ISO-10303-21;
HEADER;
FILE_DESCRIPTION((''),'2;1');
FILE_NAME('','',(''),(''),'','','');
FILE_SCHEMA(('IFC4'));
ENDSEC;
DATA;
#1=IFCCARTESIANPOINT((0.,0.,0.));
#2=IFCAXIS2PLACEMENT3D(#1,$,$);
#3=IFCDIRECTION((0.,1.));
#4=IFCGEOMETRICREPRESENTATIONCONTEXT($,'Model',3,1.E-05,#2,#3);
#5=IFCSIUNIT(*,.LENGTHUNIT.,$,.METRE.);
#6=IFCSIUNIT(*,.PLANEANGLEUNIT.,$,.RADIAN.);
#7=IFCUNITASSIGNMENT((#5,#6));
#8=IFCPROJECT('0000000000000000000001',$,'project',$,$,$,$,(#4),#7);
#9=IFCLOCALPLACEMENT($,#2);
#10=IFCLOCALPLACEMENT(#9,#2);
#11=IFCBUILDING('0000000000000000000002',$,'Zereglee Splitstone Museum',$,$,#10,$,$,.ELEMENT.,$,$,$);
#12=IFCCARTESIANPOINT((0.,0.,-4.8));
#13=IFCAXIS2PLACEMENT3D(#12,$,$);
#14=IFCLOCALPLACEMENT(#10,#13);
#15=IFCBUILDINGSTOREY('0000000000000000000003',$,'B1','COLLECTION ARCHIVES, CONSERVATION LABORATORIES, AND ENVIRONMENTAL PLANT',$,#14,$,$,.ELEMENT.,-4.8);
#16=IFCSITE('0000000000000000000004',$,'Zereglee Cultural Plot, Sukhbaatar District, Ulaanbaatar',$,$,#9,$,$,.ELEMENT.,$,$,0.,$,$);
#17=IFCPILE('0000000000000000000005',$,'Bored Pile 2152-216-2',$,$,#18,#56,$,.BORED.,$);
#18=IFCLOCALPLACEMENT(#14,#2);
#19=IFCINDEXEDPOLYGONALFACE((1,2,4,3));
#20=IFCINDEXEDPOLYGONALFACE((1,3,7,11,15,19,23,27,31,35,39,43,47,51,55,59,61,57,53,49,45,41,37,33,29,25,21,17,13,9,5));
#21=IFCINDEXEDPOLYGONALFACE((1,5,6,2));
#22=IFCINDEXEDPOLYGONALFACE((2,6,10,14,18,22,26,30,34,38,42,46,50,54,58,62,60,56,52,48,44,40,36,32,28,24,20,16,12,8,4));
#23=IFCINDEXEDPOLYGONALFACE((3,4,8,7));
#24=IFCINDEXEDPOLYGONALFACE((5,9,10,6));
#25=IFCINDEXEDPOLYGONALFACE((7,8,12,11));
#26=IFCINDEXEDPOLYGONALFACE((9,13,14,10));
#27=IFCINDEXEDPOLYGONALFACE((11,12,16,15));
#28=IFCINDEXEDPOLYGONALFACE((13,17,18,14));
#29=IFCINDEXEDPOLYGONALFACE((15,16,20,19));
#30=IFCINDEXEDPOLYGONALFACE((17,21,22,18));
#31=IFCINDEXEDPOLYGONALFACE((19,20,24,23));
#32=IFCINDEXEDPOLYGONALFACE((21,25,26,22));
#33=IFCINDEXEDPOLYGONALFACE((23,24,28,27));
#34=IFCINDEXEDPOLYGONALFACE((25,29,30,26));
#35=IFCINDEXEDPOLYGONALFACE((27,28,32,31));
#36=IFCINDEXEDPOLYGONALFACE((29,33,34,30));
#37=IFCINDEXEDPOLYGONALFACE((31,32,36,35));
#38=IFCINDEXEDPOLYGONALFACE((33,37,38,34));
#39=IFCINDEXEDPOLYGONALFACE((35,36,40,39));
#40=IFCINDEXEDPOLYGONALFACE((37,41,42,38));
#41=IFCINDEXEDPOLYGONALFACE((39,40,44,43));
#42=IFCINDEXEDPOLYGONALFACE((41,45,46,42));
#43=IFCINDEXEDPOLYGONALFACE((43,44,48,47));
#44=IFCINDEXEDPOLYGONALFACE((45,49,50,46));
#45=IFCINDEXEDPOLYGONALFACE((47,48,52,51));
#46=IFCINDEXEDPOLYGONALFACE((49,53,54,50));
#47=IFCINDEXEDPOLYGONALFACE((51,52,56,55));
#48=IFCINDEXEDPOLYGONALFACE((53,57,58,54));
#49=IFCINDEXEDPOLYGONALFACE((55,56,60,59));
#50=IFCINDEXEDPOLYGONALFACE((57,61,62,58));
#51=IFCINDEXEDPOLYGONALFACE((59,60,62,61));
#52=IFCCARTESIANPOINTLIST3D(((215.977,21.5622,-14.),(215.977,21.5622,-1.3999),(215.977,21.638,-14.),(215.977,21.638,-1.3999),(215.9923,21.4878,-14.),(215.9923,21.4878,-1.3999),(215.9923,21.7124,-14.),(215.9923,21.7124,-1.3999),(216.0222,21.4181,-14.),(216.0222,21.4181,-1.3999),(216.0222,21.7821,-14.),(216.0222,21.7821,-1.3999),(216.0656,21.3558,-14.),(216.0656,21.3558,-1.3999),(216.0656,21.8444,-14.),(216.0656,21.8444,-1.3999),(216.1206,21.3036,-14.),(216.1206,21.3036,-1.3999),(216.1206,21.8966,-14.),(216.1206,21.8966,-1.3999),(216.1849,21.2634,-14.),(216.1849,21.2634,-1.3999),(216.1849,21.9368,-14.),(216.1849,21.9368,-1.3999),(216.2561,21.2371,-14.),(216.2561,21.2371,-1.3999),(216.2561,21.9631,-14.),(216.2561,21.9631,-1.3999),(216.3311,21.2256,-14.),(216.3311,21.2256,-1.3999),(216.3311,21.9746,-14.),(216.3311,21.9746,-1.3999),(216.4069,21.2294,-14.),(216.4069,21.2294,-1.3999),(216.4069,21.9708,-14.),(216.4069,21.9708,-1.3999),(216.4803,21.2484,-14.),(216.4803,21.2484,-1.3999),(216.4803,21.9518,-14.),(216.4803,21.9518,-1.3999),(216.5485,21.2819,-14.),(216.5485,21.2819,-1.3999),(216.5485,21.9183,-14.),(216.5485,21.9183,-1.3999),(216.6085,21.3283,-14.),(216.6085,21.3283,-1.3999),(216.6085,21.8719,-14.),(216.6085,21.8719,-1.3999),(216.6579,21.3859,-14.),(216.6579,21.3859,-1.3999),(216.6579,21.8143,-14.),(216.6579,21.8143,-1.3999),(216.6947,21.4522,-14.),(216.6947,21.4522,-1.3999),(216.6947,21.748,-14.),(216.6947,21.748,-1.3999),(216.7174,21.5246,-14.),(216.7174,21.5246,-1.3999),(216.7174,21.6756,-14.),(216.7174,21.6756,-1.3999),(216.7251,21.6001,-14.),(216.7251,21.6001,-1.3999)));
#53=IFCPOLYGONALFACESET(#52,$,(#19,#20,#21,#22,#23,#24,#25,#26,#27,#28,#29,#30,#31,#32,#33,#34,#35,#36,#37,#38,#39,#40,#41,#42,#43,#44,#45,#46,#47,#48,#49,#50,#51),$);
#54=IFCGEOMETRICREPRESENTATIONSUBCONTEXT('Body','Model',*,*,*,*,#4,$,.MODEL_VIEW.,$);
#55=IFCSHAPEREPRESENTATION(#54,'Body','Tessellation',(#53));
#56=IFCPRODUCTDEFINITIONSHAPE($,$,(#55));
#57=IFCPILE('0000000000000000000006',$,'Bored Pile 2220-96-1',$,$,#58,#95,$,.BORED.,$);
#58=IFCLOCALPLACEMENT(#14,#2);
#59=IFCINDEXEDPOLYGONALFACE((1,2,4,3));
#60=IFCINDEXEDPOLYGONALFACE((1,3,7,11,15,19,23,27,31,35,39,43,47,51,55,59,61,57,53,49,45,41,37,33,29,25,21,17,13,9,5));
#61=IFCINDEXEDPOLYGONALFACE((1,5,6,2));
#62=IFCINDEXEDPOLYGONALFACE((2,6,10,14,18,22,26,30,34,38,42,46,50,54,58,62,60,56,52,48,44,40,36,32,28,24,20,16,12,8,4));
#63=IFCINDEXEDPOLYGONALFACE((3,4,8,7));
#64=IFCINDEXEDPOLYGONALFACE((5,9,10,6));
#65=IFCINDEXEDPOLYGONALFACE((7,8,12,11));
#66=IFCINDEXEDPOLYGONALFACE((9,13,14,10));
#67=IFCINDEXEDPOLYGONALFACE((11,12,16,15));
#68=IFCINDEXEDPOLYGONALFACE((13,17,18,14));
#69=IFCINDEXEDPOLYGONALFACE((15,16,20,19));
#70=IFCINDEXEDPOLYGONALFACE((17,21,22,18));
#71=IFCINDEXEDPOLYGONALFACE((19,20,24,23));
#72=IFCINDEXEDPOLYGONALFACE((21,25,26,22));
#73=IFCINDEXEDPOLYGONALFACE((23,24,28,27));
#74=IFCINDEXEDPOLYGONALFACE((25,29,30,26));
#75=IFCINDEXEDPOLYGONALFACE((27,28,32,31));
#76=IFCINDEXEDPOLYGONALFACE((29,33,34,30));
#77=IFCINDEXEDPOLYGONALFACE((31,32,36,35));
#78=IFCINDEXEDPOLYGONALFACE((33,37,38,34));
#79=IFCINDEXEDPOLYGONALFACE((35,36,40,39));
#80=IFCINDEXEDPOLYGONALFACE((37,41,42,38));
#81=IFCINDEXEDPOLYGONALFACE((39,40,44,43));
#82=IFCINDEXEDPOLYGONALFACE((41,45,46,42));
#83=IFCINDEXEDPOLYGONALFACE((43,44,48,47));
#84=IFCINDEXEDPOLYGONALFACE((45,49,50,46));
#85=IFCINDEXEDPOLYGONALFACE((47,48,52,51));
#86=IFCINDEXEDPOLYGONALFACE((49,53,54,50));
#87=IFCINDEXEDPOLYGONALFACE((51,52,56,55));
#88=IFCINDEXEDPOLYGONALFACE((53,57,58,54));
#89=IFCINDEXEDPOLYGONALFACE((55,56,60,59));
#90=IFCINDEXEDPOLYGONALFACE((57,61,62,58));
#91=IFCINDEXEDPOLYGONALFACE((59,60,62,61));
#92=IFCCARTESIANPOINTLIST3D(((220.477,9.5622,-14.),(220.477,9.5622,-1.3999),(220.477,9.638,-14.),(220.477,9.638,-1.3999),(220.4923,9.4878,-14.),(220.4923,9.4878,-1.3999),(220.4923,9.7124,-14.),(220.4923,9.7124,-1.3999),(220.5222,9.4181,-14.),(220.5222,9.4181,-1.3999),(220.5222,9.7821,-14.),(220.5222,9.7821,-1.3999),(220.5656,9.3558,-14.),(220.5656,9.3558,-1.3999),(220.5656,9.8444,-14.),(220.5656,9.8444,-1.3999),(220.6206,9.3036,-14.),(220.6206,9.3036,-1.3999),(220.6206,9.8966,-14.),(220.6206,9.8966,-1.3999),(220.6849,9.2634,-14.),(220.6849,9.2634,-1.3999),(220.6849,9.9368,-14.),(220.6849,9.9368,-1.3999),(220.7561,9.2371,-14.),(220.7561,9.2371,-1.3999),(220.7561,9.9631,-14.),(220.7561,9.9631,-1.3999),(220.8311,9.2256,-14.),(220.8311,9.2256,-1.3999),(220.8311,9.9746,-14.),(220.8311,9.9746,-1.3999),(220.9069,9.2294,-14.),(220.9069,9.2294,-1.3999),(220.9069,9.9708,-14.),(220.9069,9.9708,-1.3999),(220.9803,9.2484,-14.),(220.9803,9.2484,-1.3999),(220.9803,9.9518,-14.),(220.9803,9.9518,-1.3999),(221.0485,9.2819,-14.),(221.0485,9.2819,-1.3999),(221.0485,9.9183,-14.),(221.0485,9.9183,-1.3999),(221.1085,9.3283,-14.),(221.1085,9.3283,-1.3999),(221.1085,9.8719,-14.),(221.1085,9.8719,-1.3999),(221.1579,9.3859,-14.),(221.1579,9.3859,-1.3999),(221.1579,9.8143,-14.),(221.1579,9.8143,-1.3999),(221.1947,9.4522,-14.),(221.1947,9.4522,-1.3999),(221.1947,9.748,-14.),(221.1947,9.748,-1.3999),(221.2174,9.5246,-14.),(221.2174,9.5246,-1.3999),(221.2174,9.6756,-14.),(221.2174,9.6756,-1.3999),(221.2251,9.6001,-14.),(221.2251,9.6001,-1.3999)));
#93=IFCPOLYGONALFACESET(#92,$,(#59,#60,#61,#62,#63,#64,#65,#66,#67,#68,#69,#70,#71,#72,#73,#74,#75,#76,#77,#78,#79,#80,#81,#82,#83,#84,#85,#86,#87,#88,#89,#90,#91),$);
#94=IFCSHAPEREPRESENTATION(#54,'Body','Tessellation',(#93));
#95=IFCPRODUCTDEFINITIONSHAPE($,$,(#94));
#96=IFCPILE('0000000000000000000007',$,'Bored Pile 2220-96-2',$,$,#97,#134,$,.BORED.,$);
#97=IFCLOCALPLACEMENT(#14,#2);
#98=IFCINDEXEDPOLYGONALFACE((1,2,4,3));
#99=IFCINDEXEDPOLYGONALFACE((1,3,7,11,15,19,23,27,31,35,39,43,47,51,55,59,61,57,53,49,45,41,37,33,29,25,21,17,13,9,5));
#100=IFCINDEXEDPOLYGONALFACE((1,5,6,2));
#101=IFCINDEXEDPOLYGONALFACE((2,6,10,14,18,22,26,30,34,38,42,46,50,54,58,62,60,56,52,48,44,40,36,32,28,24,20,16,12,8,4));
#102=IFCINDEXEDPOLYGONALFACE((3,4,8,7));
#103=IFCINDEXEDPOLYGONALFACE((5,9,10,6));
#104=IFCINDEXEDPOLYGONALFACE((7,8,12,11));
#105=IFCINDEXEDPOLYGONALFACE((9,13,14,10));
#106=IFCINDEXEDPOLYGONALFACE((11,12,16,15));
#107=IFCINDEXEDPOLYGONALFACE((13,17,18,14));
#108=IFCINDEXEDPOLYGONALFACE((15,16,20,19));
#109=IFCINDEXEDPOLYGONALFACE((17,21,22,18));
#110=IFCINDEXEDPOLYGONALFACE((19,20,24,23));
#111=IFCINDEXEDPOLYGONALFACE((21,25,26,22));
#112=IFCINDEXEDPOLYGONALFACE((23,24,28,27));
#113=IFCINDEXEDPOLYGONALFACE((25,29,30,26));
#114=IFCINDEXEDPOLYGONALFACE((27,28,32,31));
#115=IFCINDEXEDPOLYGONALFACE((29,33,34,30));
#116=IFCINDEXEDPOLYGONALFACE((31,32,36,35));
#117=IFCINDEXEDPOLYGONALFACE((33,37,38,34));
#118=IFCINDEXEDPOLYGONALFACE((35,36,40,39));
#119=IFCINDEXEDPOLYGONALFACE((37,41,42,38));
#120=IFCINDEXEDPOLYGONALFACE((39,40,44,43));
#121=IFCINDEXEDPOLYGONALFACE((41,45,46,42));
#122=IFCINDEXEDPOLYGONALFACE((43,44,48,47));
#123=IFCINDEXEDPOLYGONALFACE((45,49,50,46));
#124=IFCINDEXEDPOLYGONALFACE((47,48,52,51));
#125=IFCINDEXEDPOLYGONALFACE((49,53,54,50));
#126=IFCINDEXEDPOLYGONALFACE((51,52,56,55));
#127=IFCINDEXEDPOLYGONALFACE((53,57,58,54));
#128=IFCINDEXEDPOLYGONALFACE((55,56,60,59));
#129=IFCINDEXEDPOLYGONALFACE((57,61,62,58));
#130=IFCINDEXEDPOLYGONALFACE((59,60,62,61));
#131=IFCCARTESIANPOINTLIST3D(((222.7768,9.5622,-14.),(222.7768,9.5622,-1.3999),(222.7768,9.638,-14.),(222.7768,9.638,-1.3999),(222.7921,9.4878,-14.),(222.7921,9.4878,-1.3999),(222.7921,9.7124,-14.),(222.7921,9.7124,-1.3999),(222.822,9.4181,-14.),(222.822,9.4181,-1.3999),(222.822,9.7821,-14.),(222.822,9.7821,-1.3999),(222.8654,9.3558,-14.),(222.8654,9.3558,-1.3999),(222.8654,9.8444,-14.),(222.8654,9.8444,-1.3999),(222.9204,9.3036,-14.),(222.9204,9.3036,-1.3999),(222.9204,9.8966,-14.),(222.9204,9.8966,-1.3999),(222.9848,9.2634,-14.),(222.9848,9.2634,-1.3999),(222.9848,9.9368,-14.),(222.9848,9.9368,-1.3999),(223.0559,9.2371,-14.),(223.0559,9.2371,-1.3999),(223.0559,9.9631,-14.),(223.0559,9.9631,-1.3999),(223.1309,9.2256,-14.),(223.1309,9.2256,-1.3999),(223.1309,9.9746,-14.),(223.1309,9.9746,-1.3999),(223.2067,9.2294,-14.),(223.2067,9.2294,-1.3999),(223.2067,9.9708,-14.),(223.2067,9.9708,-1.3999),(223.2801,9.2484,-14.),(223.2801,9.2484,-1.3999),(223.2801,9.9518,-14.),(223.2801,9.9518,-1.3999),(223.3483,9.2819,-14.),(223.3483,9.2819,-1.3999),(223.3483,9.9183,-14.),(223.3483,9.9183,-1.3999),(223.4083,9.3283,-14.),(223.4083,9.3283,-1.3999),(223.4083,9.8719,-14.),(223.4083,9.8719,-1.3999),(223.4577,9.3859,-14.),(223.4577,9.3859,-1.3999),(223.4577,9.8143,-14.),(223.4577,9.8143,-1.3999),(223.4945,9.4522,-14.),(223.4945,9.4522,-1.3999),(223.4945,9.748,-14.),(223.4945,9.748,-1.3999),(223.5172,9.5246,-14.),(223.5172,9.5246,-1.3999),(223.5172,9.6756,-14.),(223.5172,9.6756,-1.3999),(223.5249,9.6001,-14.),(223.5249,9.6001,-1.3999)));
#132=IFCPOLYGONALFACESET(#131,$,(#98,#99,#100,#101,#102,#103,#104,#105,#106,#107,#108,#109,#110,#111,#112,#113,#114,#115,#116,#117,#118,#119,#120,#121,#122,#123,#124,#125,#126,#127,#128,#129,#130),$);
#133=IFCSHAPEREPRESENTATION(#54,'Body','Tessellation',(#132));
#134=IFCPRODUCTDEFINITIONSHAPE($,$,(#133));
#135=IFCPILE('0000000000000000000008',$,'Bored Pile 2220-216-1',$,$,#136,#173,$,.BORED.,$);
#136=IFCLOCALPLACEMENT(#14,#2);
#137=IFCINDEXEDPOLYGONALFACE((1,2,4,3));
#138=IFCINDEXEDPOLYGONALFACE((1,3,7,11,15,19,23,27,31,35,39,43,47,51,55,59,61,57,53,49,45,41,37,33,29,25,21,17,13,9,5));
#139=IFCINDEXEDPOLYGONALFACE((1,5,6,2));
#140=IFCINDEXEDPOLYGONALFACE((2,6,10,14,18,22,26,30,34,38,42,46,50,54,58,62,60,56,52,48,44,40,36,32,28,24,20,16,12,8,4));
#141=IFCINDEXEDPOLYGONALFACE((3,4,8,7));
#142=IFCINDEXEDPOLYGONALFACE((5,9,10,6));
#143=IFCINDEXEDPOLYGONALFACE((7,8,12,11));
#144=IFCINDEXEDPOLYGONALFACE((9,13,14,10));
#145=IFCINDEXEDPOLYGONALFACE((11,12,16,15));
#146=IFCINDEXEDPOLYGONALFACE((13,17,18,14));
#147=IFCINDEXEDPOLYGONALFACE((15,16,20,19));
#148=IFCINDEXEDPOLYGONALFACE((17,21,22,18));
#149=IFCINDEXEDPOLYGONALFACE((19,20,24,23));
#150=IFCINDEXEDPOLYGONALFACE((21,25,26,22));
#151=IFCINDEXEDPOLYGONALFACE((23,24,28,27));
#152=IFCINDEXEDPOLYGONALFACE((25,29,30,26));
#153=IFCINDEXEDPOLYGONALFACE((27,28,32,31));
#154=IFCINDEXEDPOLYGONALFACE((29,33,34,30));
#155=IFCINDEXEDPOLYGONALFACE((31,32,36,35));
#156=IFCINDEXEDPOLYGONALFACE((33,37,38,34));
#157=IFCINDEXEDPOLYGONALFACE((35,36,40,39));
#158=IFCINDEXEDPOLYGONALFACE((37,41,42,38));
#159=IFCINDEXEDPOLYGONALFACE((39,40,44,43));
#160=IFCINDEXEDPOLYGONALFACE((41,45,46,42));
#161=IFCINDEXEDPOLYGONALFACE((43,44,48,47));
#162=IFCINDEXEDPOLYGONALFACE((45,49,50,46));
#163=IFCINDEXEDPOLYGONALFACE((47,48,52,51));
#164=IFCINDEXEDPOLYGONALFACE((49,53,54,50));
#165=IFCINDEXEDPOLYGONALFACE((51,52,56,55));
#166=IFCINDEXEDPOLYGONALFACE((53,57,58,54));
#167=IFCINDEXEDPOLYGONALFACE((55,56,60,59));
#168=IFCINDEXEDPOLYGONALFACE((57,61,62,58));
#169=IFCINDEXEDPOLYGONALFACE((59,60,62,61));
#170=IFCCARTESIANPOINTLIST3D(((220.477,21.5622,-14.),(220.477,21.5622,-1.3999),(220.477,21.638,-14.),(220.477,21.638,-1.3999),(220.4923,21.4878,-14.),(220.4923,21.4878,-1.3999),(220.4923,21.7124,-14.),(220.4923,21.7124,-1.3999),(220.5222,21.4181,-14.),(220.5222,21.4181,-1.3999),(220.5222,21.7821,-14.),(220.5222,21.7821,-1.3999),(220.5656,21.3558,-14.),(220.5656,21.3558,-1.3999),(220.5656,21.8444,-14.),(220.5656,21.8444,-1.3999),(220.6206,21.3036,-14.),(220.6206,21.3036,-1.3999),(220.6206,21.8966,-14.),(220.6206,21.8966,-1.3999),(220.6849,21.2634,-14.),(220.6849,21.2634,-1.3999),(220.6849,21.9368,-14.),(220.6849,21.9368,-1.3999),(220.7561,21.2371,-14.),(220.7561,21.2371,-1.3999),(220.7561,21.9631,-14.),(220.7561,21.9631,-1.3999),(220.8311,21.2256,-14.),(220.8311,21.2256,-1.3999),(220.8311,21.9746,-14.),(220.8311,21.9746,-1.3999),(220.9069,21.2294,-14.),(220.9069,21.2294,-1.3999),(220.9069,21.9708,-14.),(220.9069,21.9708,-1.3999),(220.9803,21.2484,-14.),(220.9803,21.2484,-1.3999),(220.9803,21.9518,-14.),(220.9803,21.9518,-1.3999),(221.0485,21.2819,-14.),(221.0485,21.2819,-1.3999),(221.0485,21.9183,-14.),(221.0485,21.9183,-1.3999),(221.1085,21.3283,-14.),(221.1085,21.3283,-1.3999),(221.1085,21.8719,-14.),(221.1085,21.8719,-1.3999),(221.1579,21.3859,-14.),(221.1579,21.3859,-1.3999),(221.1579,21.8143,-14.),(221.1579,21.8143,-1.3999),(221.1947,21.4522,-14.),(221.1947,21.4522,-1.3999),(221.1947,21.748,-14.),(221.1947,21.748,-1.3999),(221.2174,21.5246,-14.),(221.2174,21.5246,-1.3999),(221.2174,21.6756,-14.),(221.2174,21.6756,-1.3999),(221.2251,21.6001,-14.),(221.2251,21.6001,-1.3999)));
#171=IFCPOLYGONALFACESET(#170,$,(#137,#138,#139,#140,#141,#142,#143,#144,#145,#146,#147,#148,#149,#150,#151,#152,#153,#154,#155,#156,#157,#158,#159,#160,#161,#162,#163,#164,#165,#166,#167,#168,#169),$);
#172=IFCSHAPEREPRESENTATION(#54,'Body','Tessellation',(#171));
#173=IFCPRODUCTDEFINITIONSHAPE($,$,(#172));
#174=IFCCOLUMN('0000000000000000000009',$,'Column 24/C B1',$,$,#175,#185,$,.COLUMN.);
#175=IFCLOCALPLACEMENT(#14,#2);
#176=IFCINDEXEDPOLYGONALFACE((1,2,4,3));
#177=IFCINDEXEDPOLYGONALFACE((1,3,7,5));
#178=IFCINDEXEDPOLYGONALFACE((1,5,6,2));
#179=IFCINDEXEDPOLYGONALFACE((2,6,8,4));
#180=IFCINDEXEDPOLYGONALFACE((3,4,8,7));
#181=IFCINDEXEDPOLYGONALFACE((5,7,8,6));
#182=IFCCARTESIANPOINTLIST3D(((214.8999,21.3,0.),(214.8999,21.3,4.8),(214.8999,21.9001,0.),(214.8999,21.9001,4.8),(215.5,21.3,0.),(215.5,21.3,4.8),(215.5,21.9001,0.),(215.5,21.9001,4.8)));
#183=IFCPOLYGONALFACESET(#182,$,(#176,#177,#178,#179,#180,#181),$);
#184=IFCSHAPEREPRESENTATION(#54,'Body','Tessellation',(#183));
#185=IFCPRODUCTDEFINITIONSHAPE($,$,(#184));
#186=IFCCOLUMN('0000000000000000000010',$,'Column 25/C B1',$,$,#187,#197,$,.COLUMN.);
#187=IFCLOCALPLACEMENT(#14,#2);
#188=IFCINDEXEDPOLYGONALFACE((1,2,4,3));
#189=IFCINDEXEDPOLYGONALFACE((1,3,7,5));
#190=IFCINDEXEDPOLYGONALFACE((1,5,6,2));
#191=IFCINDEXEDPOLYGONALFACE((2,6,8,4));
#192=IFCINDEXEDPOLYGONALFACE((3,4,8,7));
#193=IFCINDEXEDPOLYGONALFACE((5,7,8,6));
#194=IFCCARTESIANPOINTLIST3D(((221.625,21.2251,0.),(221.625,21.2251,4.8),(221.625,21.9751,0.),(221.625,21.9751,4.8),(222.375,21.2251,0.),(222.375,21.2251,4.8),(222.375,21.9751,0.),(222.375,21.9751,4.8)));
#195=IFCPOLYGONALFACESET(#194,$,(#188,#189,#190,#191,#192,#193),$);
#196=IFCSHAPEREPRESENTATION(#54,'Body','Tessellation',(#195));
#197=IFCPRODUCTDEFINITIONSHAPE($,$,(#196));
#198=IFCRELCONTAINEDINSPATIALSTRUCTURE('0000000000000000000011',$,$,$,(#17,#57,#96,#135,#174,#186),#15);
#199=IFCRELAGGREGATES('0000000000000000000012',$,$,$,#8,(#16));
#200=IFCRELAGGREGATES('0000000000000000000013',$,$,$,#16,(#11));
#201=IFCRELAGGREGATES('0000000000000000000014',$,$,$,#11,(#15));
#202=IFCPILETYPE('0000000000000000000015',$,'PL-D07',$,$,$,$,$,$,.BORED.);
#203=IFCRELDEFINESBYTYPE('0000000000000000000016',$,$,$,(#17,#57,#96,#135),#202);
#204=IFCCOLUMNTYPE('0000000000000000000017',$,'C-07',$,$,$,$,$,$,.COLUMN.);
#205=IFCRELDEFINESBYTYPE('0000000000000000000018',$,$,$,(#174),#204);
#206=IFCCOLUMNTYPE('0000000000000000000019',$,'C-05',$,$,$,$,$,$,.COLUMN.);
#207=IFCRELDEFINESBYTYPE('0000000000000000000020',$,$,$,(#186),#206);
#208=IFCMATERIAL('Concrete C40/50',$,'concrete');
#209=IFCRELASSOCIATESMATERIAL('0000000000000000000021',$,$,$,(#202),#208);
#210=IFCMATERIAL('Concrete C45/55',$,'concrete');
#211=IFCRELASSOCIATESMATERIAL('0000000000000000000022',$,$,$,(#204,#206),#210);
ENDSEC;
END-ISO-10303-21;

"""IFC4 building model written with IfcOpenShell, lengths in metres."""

from ifc_helpers import new_model, si_unit, direction, frame, origin, origin_2d, place, context, subcontext, project, spatial, rectangle, circle, extrude, material, material_profile, profile_set, type_object, element, save


model = new_model("IFC4")

# Units and contexts
model_context = context("Model", 3, precision=1e-05, world=origin(), true_north=direction((0.0, 1.0)))
body_context = subcontext(model_context, "Body", "Model", "MODEL_VIEW")
ifc_project = project(units=[si_unit("LENGTHUNIT", "METRE"), si_unit("PLANEANGLEUNIT", "RADIAN")], contexts=[model_context])

# Site, building, storey
site_placement = place(None, origin())
site = spatial("IfcSite", under=ifc_project, at=site_placement, Name="Zereglee Cultural Plot, Sukhbaatar District, Ulaanbaatar", CompositionType="ELEMENT", RefElevation=0.0)
building_placement = place(site_placement, origin())
building = spatial("IfcBuilding", under=site, at=building_placement, Name="Zereglee Splitstone Museum", CompositionType="ELEMENT")
storey_placement = place(building_placement, frame((0.0, 0.0, -4.8)))
storey = spatial("IfcBuildingStorey", under=building, at=storey_placement, Name="B1", Description="COLLECTION ARCHIVES, CONSERVATION LABORATORIES, AND ENVIRONMENTAL PLANT", CompositionType="ELEMENT", Elevation=-4.8)

# Shared definitions
ifc_material_1 = material(Name="Concrete C40/50", Category="concrete")

# Piles
ifc_material_profile_1 = material_profile(ifc_material_1, circle(Radius=0.375, at=origin_2d()), Name="PILE D750")
ifc_profile_set_1 = profile_set([ifc_material_profile_1], Name="Concrete C40/50")
pile_type = type_object("IfcPileType", Name="PL-D07", PredefinedType="BORED", material=ifc_profile_set_1)
for number, where, z_axis, x_axis, name in (
    (1, (216.3501, 21.6001, -1.3999), (0.0, 0.0, -1.0), (1.0, 0.0, 0.0), "Bored Pile 2152-216-2"),
    (2, (220.8501, 9.6001, -1.3999), (0.0, 0.0, -1.0), (1.0, 0.0, 0.0), "Bored Pile 2220-96-1"),
    (3, (223.1499, 9.6001, -1.3999), (0.0, 0.0, -1.0), (1.0, 0.0, 0.0), "Bored Pile 2220-96-2"),
    (4, (220.8501, 21.6001, -1.3999), (0.0, 0.0, -1.0), (1.0, 0.0, 0.0), "Bored Pile 2220-216-1"),
):
    element("IfcPile", number, at=place(storey_placement, frame(where, z_axis=z_axis, x_axis=x_axis)), inside=storey, type_object=pile_type, Name=name, PredefinedType="BORED", context=body_context, shape_type="SweptSolid", body=[
        extrude(circle(Radius=0.375, at=origin_2d()), origin(), (0.0, 0.0, 1.0), 12.6001),
    ])

# Columns
ifc_material_2 = material(Name="Concrete C45/55", Category="concrete")
ifc_material_profile_2 = material_profile(ifc_material_2, rectangle(XDim=0.6001, YDim=0.6001, at=origin_2d()), Name="RC 600x600")
ifc_profile_set_2 = profile_set([ifc_material_profile_2], Name="Concrete C45/55")
column_type_1 = type_object("IfcColumnType", Name="C-07", PredefinedType="COLUMN", material=ifc_profile_set_2)
column_1_placement = place(storey_placement, frame((215.2, 21.6001, 0.0), z_axis=(0.0, 0.0, 1.0), x_axis=(1.0, 0.0, 0.0)))
element("IfcColumn", 5, at=column_1_placement, inside=storey, type_object=column_type_1, Name="Column 24/C B1", PredefinedType="COLUMN", context=body_context, shape_type="SweptSolid", body=[
    extrude(rectangle(XDim=0.6001, YDim=0.6001, at=origin_2d()), origin(), (0.0, 0.0, 1.0), 4.8),
])
ifc_material_profile_3 = material_profile(ifc_material_2, rectangle(XDim=0.75, YDim=0.75, at=origin_2d()), Name="RC 750x750")
ifc_profile_set_3 = profile_set([ifc_material_profile_3], Name="Concrete C45/55")
column_type_2 = type_object("IfcColumnType", Name="C-05", PredefinedType="COLUMN", material=ifc_profile_set_3)
column_2_placement = place(storey_placement, frame((222.0, 21.6001, 0.0), z_axis=(0.0, 0.0, 1.0), x_axis=(1.0, 0.0, 0.0)))
element("IfcColumn", 6, at=column_2_placement, inside=storey, type_object=column_type_2, Name="Column 25/C B1", PredefinedType="COLUMN", context=body_context, shape_type="SweptSolid", body=[
    extrude(rectangle(XDim=0.75, YDim=0.75, at=origin_2d()), origin(), (0.0, 0.0, 1.0), 4.8),
])

save(model, "model.ifc")
